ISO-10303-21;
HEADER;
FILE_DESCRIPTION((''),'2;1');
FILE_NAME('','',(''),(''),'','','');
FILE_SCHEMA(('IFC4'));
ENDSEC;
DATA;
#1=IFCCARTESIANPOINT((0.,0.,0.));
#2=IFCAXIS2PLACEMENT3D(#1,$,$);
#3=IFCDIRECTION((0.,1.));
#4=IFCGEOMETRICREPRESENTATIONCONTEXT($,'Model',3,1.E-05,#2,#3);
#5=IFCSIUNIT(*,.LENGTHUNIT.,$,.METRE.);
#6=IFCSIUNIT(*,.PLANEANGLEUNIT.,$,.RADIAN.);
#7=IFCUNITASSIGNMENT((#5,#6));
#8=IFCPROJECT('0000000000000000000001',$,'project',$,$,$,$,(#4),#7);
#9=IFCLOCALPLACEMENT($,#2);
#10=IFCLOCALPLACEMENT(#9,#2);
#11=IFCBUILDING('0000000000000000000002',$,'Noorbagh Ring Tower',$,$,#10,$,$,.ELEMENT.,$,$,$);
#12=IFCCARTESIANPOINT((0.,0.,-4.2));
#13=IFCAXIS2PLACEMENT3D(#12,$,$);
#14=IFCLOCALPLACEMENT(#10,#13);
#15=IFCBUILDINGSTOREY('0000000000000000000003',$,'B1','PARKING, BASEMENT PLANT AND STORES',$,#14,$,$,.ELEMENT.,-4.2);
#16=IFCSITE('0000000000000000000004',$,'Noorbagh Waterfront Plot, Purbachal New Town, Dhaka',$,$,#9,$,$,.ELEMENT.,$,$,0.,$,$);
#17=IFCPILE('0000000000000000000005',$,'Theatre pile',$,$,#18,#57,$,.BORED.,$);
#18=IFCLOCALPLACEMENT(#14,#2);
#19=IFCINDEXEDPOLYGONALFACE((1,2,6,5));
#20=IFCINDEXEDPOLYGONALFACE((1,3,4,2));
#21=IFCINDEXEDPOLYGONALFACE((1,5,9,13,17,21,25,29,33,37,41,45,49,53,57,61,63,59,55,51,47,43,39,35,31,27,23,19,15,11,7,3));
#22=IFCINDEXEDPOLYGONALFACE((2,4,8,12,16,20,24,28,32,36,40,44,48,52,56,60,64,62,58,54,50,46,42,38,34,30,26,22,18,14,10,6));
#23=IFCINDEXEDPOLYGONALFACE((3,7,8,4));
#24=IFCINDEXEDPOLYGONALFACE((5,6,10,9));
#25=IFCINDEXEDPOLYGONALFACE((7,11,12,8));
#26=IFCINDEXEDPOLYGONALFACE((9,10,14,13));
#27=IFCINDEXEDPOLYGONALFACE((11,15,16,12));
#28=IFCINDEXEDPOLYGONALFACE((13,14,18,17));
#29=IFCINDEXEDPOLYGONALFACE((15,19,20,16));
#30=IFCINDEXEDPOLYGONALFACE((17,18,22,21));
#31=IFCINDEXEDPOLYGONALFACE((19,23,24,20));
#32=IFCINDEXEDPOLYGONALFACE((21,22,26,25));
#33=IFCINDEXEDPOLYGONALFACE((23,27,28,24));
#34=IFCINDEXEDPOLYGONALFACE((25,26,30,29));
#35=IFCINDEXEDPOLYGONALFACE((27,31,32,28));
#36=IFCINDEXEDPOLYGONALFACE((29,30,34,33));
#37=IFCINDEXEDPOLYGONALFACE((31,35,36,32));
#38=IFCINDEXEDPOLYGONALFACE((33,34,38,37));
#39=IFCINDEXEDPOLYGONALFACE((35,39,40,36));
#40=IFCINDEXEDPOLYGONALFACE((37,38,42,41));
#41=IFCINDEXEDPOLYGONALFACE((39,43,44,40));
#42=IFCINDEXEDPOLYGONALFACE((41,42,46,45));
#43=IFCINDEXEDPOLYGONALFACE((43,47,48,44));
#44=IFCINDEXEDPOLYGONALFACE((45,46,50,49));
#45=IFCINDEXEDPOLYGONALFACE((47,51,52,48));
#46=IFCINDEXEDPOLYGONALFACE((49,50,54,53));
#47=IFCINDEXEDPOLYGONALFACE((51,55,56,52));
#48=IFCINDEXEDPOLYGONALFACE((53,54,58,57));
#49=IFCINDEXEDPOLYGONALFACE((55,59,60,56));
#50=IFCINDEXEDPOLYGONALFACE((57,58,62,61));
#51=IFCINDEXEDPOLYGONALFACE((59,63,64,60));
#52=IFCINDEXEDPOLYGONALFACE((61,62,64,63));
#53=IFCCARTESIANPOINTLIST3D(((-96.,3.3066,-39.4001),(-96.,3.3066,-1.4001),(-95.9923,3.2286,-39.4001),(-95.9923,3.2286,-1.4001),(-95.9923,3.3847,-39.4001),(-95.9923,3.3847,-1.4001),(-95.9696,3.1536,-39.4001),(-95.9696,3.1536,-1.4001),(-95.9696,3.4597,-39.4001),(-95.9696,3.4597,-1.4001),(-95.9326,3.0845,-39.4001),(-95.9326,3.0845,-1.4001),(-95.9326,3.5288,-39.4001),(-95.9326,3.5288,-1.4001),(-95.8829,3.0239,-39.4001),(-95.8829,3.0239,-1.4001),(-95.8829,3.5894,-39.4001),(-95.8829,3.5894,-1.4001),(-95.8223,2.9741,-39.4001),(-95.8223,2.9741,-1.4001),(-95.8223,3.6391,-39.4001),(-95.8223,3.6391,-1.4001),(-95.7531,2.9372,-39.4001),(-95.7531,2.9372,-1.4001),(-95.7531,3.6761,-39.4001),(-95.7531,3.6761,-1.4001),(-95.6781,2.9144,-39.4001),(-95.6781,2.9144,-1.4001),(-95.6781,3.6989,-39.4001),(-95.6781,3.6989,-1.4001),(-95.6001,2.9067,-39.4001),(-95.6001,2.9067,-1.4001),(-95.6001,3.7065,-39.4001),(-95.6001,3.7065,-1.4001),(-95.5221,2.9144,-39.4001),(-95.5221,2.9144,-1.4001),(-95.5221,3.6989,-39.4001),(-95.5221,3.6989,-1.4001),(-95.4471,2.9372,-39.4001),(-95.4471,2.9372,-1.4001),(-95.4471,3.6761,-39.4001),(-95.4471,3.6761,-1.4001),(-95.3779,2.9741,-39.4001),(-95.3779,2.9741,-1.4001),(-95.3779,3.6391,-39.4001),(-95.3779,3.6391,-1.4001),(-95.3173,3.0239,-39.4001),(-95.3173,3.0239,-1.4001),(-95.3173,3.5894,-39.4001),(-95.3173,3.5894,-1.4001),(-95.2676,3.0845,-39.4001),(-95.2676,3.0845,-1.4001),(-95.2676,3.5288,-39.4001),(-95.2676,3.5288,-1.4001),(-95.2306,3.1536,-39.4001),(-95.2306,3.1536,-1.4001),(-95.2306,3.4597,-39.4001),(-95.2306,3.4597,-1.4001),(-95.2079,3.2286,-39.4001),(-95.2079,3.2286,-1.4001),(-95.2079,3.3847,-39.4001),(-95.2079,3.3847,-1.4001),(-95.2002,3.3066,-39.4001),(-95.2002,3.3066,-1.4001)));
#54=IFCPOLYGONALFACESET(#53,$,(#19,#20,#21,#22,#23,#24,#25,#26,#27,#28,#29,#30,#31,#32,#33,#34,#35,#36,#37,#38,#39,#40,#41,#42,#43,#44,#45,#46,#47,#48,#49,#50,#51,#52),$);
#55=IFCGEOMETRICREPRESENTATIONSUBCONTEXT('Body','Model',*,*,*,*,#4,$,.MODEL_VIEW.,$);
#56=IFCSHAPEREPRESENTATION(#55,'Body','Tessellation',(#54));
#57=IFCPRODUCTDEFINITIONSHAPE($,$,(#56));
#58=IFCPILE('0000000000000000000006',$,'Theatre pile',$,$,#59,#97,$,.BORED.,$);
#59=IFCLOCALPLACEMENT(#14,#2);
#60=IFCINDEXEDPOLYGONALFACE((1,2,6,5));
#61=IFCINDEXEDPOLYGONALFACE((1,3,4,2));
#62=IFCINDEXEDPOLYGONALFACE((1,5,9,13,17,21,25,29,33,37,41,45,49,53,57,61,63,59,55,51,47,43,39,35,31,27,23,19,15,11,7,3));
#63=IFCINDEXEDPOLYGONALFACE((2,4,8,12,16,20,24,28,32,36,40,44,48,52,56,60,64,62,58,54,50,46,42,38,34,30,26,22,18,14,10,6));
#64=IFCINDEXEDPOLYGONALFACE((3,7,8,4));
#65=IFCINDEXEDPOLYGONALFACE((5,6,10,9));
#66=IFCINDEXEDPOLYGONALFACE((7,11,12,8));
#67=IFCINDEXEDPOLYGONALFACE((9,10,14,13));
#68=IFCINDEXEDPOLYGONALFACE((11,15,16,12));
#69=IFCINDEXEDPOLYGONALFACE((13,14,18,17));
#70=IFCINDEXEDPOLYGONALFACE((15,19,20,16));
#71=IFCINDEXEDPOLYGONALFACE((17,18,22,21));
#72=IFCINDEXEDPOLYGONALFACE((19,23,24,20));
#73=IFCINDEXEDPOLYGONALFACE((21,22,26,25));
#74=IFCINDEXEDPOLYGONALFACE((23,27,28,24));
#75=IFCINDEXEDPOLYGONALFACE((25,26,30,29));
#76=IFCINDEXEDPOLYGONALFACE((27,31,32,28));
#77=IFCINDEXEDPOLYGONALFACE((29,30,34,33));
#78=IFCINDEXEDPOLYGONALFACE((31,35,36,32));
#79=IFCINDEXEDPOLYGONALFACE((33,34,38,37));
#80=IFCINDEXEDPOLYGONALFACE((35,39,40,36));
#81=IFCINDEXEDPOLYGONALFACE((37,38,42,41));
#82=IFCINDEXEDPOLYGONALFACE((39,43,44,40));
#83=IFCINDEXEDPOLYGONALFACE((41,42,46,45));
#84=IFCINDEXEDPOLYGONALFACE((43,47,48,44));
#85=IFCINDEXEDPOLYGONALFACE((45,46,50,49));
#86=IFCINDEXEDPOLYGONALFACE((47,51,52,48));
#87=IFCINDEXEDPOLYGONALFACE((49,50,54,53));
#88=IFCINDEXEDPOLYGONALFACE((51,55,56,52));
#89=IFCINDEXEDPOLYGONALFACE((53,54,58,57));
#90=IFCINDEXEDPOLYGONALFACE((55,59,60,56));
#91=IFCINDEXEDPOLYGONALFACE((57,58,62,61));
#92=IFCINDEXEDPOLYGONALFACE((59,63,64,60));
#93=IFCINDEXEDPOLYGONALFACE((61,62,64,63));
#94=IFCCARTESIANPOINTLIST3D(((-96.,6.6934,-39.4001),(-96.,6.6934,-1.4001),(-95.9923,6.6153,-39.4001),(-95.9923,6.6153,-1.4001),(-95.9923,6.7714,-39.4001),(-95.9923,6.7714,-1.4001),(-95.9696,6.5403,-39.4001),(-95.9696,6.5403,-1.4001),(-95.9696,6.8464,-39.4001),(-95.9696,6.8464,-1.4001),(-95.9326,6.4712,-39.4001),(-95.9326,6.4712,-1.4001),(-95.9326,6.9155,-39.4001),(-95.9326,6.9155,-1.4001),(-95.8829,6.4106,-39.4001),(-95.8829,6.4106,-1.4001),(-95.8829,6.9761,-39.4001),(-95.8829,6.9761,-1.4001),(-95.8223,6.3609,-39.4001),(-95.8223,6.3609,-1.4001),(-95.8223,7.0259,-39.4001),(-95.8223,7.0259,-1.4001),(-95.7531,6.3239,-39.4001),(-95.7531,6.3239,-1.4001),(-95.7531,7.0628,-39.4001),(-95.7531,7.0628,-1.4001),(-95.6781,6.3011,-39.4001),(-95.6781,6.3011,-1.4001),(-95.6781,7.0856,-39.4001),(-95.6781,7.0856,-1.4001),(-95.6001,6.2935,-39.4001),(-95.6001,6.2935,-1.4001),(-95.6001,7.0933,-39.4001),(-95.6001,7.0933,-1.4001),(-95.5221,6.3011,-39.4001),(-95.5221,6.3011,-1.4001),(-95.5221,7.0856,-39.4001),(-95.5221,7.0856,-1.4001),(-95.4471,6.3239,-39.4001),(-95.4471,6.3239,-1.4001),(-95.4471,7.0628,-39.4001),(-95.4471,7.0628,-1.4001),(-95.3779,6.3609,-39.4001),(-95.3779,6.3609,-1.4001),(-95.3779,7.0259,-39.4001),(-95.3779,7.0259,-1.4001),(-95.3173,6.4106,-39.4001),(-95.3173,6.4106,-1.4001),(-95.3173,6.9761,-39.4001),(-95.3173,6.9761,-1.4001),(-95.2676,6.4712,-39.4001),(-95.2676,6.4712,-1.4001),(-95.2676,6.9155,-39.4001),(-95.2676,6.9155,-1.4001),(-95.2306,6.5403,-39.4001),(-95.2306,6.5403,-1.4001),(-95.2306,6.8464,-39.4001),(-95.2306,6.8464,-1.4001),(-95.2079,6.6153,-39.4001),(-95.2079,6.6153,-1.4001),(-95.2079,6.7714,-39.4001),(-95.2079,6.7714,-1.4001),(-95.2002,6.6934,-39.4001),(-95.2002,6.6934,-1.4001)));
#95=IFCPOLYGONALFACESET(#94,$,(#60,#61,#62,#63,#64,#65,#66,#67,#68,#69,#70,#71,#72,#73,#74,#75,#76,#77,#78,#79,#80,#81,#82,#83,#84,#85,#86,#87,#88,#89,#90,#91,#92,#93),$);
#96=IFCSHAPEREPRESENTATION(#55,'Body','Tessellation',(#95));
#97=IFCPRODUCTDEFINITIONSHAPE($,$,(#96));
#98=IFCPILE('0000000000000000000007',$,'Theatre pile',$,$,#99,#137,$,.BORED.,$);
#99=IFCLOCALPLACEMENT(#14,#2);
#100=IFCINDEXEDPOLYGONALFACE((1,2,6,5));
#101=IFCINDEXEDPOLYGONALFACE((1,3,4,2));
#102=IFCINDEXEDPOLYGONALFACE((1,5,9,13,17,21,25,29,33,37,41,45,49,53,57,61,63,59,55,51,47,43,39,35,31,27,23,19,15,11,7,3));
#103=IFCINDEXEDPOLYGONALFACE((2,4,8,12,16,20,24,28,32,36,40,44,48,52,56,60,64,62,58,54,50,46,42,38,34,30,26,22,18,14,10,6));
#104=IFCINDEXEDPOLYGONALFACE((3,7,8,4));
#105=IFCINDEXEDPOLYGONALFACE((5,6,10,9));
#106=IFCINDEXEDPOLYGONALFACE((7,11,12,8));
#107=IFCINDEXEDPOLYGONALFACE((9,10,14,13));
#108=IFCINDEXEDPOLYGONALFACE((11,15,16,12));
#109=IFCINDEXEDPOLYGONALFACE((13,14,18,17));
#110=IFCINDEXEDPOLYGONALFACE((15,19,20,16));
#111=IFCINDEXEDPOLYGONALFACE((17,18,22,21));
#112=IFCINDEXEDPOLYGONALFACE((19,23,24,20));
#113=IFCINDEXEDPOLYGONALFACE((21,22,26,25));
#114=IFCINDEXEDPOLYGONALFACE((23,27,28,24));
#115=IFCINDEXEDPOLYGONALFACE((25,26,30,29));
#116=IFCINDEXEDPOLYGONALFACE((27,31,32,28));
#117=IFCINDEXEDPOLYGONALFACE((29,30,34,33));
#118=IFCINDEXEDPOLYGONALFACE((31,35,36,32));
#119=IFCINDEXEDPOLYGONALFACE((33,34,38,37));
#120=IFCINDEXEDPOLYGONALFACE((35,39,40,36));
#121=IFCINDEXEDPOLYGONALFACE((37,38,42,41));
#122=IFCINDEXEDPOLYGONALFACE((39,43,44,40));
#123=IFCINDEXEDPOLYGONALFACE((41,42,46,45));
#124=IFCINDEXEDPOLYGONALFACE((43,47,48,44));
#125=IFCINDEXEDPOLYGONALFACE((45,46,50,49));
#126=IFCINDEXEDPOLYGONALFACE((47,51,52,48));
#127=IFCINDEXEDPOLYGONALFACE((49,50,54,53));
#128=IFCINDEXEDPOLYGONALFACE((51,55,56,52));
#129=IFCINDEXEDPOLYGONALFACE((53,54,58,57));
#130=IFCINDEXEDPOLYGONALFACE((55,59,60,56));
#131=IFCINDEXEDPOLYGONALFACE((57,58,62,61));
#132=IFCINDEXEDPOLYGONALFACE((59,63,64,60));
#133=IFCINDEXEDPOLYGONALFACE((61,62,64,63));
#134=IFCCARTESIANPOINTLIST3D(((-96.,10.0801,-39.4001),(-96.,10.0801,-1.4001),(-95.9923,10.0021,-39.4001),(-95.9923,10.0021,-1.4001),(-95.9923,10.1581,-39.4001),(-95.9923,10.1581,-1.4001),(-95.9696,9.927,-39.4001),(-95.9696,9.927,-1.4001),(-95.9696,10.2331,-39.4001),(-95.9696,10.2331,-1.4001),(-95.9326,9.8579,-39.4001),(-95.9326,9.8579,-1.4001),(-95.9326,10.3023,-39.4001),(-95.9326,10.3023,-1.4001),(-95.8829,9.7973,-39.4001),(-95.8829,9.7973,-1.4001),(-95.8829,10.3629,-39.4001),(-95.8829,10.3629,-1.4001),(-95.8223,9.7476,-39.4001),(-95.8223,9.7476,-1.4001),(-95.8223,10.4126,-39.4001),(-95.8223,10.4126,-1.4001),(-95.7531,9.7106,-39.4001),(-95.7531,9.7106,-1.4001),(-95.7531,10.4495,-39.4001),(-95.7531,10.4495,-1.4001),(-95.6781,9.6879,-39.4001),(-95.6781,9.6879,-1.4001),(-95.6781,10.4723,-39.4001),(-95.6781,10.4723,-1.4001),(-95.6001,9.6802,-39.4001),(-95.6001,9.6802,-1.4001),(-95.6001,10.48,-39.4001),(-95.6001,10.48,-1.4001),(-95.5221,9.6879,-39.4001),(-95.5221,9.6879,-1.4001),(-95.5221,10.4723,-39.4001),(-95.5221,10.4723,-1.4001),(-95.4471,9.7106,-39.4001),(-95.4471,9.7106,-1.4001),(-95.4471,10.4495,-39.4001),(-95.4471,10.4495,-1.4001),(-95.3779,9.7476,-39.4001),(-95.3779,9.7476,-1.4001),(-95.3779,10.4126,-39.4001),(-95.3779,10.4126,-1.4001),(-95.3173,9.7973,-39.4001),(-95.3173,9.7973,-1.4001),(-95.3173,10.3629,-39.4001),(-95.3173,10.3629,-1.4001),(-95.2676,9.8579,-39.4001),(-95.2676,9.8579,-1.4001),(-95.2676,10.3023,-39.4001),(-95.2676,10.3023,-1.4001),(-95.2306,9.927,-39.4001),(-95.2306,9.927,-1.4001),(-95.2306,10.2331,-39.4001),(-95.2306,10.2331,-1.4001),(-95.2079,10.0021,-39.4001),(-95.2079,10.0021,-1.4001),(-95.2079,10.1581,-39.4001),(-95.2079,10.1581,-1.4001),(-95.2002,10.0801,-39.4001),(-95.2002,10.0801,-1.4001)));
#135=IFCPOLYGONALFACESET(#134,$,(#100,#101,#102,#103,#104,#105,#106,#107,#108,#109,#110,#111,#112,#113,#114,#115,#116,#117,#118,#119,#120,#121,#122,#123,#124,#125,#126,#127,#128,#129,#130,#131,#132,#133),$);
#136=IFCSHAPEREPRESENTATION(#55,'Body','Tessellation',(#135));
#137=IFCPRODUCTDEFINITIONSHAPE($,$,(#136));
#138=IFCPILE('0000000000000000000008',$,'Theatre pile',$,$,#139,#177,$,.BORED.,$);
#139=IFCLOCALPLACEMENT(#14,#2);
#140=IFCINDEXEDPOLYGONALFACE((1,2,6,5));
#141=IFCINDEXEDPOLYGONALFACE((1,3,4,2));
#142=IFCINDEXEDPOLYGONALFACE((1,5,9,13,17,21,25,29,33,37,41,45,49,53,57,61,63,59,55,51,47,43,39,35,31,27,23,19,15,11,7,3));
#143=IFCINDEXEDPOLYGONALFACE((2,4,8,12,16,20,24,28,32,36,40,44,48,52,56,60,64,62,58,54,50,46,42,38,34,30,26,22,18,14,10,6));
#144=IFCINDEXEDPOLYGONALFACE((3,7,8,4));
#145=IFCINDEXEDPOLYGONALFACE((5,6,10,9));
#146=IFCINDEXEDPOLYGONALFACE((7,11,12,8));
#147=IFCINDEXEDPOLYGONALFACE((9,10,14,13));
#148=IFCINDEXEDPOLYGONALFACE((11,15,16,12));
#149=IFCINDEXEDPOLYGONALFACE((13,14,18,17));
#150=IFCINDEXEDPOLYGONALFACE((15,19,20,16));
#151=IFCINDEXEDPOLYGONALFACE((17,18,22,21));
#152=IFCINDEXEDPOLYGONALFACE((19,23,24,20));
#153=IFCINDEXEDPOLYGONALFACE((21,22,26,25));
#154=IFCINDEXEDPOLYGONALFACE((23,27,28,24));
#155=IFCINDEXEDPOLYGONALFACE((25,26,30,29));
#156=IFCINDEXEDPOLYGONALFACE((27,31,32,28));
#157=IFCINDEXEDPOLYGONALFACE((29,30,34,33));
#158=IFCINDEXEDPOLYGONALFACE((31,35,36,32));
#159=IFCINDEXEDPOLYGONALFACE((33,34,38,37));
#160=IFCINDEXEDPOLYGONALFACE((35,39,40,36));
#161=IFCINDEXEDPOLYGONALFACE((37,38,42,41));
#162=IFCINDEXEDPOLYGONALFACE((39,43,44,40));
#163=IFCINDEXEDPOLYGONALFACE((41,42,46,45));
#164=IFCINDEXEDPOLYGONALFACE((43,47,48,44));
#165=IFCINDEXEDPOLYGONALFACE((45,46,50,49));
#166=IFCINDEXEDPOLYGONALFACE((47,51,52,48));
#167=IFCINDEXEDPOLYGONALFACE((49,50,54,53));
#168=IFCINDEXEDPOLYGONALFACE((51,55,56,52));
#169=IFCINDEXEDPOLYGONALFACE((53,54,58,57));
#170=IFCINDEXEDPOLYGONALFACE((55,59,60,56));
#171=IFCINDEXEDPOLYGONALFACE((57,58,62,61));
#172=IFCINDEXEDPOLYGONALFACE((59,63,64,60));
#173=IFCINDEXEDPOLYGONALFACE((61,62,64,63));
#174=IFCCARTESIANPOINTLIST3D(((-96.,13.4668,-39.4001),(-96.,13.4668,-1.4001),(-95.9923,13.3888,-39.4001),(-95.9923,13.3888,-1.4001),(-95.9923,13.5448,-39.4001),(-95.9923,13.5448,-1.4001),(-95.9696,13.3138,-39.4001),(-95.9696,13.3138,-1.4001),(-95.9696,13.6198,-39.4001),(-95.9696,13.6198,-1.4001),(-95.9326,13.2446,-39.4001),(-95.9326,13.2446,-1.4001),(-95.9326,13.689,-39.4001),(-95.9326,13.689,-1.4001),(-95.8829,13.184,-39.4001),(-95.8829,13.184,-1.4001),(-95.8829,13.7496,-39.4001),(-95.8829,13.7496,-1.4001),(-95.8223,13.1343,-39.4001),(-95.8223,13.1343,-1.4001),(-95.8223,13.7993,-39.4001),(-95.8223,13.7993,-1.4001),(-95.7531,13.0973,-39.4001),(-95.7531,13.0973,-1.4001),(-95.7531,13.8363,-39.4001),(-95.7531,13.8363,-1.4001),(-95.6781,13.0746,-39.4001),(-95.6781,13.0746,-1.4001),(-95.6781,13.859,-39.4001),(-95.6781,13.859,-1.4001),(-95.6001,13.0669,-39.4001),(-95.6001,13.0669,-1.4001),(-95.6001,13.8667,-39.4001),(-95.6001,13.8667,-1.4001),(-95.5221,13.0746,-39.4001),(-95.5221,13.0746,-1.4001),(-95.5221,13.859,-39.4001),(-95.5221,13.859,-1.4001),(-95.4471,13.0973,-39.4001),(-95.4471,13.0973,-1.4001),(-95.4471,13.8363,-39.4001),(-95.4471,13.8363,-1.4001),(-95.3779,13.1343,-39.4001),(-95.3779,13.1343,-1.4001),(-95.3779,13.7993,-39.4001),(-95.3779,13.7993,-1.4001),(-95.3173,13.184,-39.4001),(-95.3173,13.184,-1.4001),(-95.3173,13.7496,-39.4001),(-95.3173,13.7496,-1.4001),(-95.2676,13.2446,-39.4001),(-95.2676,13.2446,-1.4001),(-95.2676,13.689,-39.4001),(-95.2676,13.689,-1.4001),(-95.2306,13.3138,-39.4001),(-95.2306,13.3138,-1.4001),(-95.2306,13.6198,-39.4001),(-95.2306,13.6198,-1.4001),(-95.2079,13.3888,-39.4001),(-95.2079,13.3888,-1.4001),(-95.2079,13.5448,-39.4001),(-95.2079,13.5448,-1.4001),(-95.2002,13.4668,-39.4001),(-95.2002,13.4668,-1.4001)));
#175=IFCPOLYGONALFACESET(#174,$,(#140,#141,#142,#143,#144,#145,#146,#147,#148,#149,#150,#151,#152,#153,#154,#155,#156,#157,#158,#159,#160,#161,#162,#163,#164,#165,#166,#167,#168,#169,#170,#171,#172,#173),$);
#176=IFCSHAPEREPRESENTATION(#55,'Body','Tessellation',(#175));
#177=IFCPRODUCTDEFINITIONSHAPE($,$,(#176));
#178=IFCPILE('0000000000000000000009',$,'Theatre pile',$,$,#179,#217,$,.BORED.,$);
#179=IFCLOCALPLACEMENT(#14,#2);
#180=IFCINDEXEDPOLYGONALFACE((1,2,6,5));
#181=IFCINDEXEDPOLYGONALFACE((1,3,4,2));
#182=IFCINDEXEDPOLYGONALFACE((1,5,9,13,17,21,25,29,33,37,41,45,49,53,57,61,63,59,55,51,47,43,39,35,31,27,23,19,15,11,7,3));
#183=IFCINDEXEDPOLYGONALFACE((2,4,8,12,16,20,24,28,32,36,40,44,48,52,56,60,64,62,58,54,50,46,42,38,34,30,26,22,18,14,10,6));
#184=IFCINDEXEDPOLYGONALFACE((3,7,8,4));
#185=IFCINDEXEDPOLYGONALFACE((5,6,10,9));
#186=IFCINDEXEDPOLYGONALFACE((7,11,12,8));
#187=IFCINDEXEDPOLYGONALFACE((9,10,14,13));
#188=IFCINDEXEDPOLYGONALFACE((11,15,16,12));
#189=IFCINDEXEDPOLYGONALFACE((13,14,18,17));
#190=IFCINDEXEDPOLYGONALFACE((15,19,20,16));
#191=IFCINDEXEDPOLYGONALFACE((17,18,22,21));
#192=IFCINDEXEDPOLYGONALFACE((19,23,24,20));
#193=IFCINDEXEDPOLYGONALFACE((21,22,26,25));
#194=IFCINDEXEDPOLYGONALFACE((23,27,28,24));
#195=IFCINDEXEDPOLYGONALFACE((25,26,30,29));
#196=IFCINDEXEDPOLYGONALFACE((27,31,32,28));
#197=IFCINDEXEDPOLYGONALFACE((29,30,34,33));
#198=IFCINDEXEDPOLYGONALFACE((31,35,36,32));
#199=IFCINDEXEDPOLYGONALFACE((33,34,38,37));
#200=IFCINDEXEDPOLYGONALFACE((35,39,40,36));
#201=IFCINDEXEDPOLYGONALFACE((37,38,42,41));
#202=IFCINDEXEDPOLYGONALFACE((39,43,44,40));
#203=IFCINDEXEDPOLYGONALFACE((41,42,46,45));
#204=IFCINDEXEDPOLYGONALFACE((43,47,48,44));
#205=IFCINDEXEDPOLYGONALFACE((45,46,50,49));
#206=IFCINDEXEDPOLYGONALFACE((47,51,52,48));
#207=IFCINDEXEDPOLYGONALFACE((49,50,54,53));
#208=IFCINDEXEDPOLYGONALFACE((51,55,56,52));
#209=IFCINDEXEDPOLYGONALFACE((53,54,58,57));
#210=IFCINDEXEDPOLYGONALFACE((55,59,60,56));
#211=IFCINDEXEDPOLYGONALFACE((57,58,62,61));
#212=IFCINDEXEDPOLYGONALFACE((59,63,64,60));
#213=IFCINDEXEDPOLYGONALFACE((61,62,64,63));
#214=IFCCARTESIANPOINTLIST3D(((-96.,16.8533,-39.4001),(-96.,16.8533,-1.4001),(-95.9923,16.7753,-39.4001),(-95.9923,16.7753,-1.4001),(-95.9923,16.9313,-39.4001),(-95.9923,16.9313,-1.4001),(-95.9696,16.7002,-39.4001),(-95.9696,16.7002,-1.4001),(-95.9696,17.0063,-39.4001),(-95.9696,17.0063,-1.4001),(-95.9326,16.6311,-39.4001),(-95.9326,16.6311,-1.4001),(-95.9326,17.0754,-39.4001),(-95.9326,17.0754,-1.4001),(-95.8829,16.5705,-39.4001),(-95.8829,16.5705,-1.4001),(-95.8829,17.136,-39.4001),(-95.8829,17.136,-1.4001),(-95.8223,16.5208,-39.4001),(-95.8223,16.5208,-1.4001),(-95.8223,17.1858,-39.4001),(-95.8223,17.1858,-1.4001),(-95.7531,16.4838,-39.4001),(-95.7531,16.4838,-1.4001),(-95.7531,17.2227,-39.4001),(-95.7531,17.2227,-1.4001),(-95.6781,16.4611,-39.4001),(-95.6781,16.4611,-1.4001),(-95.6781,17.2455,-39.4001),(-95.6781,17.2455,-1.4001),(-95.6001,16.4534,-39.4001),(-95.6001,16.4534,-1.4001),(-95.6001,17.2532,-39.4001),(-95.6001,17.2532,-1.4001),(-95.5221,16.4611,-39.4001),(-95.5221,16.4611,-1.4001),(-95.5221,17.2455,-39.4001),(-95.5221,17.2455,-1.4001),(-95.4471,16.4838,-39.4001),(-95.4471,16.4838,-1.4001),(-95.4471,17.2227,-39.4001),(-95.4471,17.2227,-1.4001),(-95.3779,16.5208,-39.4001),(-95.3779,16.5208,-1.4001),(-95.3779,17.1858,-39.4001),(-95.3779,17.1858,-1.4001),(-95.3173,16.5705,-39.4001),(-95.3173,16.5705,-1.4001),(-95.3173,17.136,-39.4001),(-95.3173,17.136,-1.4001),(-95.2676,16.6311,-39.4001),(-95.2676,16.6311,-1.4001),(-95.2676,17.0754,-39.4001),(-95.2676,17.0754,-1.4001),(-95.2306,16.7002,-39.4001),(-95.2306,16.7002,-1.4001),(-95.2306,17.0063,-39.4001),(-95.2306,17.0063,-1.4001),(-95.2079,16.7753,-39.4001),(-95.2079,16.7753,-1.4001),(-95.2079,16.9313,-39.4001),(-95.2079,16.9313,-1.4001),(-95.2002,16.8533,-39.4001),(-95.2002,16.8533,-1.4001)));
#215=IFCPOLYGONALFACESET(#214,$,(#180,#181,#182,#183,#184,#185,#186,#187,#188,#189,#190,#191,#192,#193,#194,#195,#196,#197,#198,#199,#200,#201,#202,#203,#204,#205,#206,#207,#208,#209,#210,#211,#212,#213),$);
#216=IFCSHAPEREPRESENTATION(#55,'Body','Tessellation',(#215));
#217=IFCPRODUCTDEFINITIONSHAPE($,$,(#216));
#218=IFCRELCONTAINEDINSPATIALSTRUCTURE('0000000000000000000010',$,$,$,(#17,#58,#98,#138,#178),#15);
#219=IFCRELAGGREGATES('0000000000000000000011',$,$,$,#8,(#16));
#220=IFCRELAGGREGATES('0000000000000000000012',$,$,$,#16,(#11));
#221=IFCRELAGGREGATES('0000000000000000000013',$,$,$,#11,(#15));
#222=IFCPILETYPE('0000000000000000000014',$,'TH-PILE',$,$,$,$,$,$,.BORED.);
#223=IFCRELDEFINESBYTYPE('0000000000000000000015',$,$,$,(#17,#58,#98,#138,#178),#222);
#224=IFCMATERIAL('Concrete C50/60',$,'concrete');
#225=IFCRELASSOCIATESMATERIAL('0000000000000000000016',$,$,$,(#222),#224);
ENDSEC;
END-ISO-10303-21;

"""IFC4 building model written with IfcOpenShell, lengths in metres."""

from ifc_helpers import new_model, si_unit, direction, frame, origin, origin_2d, place, context, subcontext, project, spatial, circle, extrude, material, material_profile, profile_set, type_object, element, save


model = new_model("IFC4")

# Units and contexts
model_context = context("Model", 3, precision=1e-05, world=origin(), true_north=direction((0.0, 1.0)))
body_context = subcontext(model_context, "Body", "Model", "MODEL_VIEW")
ifc_project = project(units=[si_unit("LENGTHUNIT", "METRE"), si_unit("PLANEANGLEUNIT", "RADIAN")], contexts=[model_context])

# Site, building, storey
site_placement = place(None, origin())
site = spatial("IfcSite", under=ifc_project, at=site_placement, Name="Noorbagh Waterfront Plot, Purbachal New Town, Dhaka", CompositionType="ELEMENT", RefElevation=0.0)
building_placement = place(site_placement, origin())
building = spatial("IfcBuilding", under=site, at=building_placement, Name="Noorbagh Ring Tower", CompositionType="ELEMENT")
storey_placement = place(building_placement, frame((0.0, 0.0, -4.2)))
storey = spatial("IfcBuildingStorey", under=building, at=storey_placement, Name="B1", Description="PARKING, BASEMENT PLANT AND STORES", CompositionType="ELEMENT", Elevation=-4.2)

# Piles
ifc_material_1 = material(Name="Concrete C50/60", Category="concrete")
ifc_material_profile_1 = material_profile(ifc_material_1, circle(Radius=0.3999, at=origin_2d()), Name="PILE800")
ifc_profile_set_1 = profile_set([ifc_material_profile_1], Name="Concrete C50/60")
pile_type = type_object("IfcPileType", Name="TH-PILE", PredefinedType="BORED", material=ifc_profile_set_1)
for number, where, z_axis, x_axis, name in (
    (1, (-95.6001, 3.3066, -1.4001), (0.0, 0.0, -1.0), (1.0, 0.0, 0.0), "Theatre pile"),
    (2, (-95.6001, 6.6934, -1.4001), (0.0, 0.0, -1.0), (1.0, 0.0, 0.0), "Theatre pile"),
    (3, (-95.6001, 10.0801, -1.4001), (0.0, 0.0, -1.0), (1.0, 0.0, 0.0), "Theatre pile"),
    (4, (-95.6001, 13.4668, -1.4001), (0.0, 0.0, -1.0), (1.0, 0.0, 0.0), "Theatre pile"),
    (5, (-95.6001, 16.8533, -1.4001), (0.0, 0.0, -1.0), (1.0, 0.0, 0.0), "Theatre pile"),
):
    element("IfcPile", number, at=place(storey_placement, frame(where, z_axis=z_axis, x_axis=x_axis)), inside=storey, type_object=pile_type, Name=name, PredefinedType="BORED", context=body_context, shape_type="SweptSolid", body=[
        extrude(circle(Radius=0.3999, at=origin_2d()), origin(), (0.0, 0.0, 1.0), 38.0),
    ])

save(model, "model.ifc")
